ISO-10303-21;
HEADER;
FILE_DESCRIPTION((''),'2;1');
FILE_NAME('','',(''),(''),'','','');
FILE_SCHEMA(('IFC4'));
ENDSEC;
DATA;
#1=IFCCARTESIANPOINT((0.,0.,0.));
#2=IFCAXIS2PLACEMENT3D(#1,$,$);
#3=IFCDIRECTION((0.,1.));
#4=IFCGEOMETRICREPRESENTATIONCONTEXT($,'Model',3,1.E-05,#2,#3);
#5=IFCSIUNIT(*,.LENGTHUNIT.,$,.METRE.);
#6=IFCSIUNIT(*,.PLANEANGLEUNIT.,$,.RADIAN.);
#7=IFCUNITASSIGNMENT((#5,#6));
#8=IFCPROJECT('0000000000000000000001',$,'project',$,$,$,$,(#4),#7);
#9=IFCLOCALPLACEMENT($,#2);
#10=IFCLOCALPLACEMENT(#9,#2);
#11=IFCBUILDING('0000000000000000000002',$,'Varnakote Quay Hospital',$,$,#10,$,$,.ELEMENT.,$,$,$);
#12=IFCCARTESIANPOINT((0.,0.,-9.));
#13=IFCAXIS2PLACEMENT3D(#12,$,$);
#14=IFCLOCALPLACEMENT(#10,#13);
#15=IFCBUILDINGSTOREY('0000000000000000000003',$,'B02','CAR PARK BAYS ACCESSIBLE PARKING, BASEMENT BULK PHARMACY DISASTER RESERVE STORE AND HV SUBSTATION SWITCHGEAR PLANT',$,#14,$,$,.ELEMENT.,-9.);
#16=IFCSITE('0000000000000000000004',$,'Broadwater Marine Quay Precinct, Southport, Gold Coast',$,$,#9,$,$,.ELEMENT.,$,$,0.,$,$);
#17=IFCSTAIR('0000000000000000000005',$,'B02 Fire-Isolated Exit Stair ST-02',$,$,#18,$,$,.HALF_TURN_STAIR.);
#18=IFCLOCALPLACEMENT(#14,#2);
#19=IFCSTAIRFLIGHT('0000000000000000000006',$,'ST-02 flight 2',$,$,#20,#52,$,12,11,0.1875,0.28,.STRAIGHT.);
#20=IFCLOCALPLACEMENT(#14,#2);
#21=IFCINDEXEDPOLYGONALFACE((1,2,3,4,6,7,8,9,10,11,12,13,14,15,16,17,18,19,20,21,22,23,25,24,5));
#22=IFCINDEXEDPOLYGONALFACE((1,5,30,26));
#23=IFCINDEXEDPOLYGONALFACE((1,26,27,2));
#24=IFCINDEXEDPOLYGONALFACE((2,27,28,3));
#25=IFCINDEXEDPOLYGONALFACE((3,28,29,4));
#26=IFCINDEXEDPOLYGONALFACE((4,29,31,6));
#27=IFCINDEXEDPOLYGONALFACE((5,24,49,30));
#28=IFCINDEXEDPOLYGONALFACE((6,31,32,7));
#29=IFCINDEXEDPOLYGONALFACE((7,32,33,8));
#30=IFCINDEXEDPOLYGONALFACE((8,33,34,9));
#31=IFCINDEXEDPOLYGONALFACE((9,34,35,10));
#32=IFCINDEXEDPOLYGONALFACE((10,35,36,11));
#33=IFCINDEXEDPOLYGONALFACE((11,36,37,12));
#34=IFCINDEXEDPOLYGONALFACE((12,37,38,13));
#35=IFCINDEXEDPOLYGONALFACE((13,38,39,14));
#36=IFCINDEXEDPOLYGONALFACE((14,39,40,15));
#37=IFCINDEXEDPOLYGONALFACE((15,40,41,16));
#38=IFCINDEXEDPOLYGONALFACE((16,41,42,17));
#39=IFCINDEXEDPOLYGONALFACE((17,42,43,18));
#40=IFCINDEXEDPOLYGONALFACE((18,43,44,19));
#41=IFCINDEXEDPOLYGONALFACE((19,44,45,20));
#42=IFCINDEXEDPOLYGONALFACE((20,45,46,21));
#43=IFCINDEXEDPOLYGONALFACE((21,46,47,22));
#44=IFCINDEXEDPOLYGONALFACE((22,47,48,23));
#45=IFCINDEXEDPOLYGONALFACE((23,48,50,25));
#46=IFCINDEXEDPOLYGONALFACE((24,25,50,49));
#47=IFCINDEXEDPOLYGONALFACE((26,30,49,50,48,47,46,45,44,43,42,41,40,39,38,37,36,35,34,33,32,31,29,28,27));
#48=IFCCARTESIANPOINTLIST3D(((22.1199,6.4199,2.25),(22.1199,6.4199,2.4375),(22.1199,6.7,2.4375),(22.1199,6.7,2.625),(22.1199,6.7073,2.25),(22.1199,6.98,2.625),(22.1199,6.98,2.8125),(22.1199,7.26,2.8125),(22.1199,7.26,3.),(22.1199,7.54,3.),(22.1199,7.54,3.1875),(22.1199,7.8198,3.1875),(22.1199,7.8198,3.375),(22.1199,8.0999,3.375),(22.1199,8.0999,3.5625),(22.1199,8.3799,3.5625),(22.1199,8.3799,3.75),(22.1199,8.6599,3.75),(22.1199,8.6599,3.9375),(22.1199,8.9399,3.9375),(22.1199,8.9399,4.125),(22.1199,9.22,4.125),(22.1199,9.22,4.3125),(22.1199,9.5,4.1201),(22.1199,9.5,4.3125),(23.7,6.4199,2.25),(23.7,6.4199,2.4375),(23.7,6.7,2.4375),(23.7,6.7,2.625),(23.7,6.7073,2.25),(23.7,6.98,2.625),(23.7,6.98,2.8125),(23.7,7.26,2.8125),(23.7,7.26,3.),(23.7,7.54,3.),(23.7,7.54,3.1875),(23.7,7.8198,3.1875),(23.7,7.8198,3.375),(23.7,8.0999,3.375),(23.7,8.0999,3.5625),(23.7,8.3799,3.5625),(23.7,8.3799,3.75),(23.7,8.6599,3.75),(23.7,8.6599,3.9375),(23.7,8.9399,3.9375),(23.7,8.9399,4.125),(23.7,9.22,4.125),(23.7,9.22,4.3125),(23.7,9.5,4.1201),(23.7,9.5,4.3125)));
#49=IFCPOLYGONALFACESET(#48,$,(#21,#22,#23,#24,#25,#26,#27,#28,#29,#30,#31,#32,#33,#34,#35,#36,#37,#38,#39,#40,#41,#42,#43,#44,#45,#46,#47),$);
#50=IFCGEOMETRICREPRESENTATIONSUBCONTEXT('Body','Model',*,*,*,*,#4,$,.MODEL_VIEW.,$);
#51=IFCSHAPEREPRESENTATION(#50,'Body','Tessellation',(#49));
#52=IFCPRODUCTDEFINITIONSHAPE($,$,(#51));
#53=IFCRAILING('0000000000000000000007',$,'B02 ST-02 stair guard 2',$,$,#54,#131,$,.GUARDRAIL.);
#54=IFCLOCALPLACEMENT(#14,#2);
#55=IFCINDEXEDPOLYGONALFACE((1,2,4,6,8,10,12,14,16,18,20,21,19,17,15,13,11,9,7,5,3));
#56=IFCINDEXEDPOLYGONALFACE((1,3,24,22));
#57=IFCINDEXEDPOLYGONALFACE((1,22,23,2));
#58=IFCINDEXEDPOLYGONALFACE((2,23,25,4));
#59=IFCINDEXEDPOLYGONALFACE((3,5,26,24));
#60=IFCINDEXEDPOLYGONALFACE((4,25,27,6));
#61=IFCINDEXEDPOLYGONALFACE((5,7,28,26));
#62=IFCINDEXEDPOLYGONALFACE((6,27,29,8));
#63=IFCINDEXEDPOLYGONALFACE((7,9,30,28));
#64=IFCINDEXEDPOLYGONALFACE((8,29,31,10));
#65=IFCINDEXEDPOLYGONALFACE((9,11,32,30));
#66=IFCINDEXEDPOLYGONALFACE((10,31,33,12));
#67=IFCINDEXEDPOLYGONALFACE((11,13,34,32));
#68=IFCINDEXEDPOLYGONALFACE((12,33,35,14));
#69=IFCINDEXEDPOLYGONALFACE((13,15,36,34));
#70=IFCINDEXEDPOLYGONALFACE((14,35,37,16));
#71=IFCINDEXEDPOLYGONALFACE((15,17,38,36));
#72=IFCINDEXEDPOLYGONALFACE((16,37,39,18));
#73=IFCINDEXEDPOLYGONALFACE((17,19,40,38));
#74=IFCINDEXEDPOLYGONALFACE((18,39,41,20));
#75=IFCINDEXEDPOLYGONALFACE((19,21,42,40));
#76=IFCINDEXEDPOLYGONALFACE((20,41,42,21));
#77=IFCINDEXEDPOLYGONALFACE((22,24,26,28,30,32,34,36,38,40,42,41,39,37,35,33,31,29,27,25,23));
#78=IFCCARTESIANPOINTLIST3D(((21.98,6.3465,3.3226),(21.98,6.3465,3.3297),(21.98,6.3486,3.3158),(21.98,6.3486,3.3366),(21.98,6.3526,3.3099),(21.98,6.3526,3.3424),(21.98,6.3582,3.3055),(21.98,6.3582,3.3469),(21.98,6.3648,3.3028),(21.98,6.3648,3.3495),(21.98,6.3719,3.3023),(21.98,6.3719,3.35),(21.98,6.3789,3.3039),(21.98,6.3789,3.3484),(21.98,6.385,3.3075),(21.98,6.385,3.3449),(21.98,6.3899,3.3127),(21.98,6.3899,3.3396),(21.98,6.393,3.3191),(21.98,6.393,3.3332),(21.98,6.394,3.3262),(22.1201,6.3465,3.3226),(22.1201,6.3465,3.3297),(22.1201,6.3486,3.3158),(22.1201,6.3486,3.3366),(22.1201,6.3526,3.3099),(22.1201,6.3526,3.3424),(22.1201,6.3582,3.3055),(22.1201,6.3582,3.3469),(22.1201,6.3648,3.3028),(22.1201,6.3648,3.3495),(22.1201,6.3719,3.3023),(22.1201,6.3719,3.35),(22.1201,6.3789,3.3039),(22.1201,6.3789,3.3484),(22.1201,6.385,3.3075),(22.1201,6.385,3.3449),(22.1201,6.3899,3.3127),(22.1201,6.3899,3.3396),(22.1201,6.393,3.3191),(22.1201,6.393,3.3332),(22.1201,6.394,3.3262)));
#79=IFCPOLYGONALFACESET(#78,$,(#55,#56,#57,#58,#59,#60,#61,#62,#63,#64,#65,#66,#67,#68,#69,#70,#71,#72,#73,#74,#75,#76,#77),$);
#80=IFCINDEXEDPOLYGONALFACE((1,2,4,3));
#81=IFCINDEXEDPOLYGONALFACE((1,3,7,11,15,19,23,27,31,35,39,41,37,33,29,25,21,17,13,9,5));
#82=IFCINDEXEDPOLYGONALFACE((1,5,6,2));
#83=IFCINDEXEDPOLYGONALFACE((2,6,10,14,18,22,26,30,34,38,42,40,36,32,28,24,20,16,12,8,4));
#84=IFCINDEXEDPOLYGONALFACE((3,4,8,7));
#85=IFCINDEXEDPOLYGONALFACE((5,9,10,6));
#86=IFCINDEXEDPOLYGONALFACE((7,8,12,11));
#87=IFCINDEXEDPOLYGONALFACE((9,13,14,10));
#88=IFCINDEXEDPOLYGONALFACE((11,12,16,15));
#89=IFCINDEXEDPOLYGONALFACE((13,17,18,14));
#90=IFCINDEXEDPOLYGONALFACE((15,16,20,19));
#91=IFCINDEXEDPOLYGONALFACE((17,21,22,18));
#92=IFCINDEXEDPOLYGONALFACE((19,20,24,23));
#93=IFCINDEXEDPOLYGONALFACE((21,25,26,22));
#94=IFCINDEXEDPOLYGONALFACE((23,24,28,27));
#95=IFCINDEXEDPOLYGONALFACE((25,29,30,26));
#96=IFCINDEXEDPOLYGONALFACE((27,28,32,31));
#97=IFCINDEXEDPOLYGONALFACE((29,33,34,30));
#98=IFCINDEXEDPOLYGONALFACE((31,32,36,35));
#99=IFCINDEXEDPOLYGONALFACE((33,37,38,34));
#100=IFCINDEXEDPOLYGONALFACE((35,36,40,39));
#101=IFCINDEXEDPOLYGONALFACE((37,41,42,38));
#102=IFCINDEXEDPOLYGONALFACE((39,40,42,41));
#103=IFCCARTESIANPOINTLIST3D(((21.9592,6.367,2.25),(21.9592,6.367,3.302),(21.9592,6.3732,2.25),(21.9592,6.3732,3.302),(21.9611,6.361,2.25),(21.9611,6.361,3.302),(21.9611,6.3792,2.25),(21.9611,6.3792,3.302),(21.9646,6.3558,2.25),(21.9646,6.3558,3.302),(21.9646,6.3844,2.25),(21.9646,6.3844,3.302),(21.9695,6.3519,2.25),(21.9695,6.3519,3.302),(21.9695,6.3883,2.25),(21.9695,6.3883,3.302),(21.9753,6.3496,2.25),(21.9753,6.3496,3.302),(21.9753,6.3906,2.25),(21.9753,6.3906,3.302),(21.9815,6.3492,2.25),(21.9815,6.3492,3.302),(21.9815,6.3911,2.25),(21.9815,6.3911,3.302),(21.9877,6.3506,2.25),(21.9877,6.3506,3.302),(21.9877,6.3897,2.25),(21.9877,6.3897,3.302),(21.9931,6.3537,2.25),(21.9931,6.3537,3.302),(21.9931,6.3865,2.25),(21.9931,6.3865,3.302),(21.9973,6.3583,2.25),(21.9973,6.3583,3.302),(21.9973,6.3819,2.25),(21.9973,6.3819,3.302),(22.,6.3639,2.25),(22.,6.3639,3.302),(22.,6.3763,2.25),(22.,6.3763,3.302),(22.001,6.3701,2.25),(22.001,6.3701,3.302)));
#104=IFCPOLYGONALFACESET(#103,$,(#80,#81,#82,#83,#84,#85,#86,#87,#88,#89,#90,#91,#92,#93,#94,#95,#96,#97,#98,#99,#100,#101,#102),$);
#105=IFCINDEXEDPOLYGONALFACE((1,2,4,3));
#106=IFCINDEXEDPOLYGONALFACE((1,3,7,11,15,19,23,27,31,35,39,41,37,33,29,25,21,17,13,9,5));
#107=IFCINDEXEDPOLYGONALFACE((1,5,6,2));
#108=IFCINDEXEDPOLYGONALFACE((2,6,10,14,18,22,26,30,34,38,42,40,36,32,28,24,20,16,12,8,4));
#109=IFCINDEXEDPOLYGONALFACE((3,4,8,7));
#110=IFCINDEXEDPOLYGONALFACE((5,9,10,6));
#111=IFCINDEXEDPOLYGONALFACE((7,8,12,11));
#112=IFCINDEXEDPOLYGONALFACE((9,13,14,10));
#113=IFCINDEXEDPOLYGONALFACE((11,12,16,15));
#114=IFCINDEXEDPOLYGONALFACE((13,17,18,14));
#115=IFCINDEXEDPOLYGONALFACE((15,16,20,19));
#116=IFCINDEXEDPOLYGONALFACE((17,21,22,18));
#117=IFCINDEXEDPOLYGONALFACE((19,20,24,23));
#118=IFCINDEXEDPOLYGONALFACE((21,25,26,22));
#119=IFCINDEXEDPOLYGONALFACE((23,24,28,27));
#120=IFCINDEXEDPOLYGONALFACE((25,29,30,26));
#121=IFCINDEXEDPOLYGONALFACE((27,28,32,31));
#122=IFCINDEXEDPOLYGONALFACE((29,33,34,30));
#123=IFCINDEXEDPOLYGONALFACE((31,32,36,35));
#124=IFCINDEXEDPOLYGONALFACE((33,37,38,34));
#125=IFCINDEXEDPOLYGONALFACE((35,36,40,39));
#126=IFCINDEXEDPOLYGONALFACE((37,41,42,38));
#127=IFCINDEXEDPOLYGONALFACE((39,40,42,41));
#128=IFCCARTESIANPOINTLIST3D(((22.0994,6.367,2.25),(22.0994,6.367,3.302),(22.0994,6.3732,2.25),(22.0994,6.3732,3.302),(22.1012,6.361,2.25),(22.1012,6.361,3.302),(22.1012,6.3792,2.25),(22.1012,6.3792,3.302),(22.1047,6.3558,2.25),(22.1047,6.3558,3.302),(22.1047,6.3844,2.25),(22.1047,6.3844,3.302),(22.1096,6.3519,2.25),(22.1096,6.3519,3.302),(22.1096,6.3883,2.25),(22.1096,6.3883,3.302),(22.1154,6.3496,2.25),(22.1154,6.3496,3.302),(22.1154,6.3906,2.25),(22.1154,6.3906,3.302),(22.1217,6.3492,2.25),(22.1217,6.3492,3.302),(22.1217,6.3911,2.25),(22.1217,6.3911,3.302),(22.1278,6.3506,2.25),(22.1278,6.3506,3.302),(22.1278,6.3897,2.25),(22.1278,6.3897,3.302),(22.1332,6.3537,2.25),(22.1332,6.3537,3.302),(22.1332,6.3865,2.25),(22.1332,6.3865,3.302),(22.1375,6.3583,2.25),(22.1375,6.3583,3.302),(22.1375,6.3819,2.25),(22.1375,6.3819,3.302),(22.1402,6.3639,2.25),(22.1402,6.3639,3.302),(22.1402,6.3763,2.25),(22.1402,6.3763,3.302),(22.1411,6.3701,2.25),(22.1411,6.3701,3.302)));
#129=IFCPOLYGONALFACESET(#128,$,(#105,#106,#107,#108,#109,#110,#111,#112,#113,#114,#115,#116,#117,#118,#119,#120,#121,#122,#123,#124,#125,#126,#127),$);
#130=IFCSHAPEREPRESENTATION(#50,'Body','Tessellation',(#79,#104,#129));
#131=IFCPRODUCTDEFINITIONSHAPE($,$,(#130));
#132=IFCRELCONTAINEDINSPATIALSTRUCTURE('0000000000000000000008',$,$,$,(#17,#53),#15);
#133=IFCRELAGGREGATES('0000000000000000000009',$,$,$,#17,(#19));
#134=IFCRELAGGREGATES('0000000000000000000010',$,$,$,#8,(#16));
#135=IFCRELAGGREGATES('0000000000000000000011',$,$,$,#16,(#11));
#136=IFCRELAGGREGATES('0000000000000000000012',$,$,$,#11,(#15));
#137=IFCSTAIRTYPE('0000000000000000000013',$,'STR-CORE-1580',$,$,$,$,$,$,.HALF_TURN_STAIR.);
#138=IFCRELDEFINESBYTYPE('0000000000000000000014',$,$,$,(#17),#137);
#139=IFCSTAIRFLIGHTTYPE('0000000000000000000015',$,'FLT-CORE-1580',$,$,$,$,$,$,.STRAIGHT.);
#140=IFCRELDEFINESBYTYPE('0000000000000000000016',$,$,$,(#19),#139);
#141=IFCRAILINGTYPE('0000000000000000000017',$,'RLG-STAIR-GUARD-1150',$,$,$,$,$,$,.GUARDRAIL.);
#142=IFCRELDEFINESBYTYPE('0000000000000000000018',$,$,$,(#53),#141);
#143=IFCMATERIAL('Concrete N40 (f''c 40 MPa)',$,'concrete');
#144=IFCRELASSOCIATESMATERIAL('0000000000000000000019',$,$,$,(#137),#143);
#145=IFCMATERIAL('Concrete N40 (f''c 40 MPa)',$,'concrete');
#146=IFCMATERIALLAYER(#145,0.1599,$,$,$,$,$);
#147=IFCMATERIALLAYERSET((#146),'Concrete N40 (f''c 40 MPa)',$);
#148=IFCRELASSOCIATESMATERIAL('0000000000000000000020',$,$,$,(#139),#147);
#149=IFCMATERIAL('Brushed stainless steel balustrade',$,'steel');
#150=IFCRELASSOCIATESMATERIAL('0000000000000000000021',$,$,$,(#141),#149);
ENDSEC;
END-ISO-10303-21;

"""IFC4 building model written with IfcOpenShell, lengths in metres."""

from ifc_helpers import new_model, si_unit, direction, frame, origin, origin_2d, place, context, subcontext, project, spatial, polyline, circle, outline, extrude, material, layer, layer_set, type_object, element, aggregate, save


model = new_model("IFC4")

# Units and contexts
model_context = context("Model", 3, precision=1e-05, world=origin(), true_north=direction((0.0, 1.0)))
body_context = subcontext(model_context, "Body", "Model", "MODEL_VIEW")
ifc_project = project(units=[si_unit("LENGTHUNIT", "METRE"), si_unit("PLANEANGLEUNIT", "RADIAN")], contexts=[model_context])

# Site, building, storey
site_placement = place(None, origin())
site = spatial("IfcSite", under=ifc_project, at=site_placement, Name="Broadwater Marine Quay Precinct, Southport, Gold Coast", CompositionType="ELEMENT", RefElevation=0.0)
building_placement = place(site_placement, origin())
building = spatial("IfcBuilding", under=site, at=building_placement, Name="Varnakote Quay Hospital", CompositionType="ELEMENT")
storey_placement = place(building_placement, frame((0.0, 0.0, -9.0)))
storey = spatial("IfcBuildingStorey", under=building, at=storey_placement, Name="B02", Description="CAR PARK BAYS ACCESSIBLE PARKING, BASEMENT BULK PHARMACY DISASTER RESERVE STORE AND HV SUBSTATION SWITCHGEAR PLANT", CompositionType="ELEMENT", Elevation=-9.0)

# Stair, stair flight
ifc_material_1 = material(Name="Concrete N40 (f'c 40 MPa)", Category="concrete")
stair_type = type_object("IfcStairType", Name="STR-CORE-1580", PredefinedType="HALF_TURN_STAIR", material=ifc_material_1)
stair_placement = place(storey_placement, origin())
stair = element("IfcStair", 1, at=stair_placement, inside=storey, type_object=stair_type, Name="B02 Fire-Isolated Exit Stair ST-02", PredefinedType="HALF_TURN_STAIR")
ifc_material_2 = material(Name="Concrete N40 (f'c 40 MPa)", Category="concrete")
ifc_layer_1 = layer(ifc_material_2, 0.1599)
ifc_layer_set_1 = layer_set([ifc_layer_1], Name="Concrete N40 (f'c 40 MPa)")
stair_flight_type = type_object("IfcStairFlightType", Name="FLT-CORE-1580", PredefinedType="STRAIGHT", material=ifc_layer_set_1)
stair_flight_placement = place(storey_placement, frame((22.9099, 6.4199, 2.25), z_axis=(0.0, 0.0, 1.0), x_axis=(0.0, 1.0, 0.0)))
stair_flight = element("IfcStairFlight", 2, at=stair_flight_placement, type_object=stair_flight_type, Name="ST-02 flight 2", NumberOfRisers=12, NumberOfTreads=11, PredefinedType="STRAIGHT", RiserHeight=0.1875, TreadLength=0.28, context=body_context, shape_type="SweptSolid", body=[
    extrude(outline(polyline([(0.0, 0.0), (0.0, 0.1875), (0.28, 0.1875), (0.28, 0.375), (0.5601, 0.375), (0.5601, 0.5625), (0.8401, 0.5625), (0.8401, 0.75), (1.1201, 0.75), (1.1201, 0.9375), (1.3999, 0.9375), (1.3999, 1.125), (1.6799, 1.125), (1.6799, 1.3125), (1.96, 1.3125), (1.96, 1.5), (2.24, 1.5), (2.24, 1.6875), (2.52, 1.6875), (2.52, 1.875), (2.8, 1.875), (2.8, 2.0625), (3.0801, 2.0625), (3.0801, 2.25), (3.0801, 1.8701), (0.2874, 0.0), (0.0, 0.0)])), frame((0.0, 0.79, 0.0), z_axis=(0.0, -1.0, 0.0), x_axis=(1.0, 0.0, 0.0)), (0.0, 0.0, 1.0), 1.5801),
])
aggregate(stair, [stair_flight])

# Railing
ifc_material_3 = material(Name="Brushed stainless steel balustrade", Category="steel")
railing_type_1 = type_object("IfcRailingType", Name="RLG-STAIR-GUARD-1150", PredefinedType="GUARDRAIL", material=ifc_material_3)
railing_1_placement = place(storey_placement, frame((21.98, 6.3701, 2.25)))
element("IfcRailing", 3, at=railing_1_placement, inside=storey, type_object=railing_type_1, Name="B02 ST-02 stair guard 2", PredefinedType="GUARDRAIL", context=body_context, shape_type="SweptSolid", body=[
    extrude(circle(Radius=0.0239, at=origin_2d()), frame((0.0, 0.0, 1.0762), z_axis=(1.0, 0.0, 0.0), x_axis=(0.0, 1.0, 0.0)), (0.0, 0.0, 1.0), 0.1401),
    extrude(circle(Radius=0.021, at=origin_2d()), origin(), (0.0, 0.0, 1.0), 1.052),
    extrude(circle(Radius=0.021, at=origin_2d()), frame((0.1401, 0.0, 0.0)), (0.0, 0.0, 1.0), 1.052),
])

save(model, "model.ifc")
